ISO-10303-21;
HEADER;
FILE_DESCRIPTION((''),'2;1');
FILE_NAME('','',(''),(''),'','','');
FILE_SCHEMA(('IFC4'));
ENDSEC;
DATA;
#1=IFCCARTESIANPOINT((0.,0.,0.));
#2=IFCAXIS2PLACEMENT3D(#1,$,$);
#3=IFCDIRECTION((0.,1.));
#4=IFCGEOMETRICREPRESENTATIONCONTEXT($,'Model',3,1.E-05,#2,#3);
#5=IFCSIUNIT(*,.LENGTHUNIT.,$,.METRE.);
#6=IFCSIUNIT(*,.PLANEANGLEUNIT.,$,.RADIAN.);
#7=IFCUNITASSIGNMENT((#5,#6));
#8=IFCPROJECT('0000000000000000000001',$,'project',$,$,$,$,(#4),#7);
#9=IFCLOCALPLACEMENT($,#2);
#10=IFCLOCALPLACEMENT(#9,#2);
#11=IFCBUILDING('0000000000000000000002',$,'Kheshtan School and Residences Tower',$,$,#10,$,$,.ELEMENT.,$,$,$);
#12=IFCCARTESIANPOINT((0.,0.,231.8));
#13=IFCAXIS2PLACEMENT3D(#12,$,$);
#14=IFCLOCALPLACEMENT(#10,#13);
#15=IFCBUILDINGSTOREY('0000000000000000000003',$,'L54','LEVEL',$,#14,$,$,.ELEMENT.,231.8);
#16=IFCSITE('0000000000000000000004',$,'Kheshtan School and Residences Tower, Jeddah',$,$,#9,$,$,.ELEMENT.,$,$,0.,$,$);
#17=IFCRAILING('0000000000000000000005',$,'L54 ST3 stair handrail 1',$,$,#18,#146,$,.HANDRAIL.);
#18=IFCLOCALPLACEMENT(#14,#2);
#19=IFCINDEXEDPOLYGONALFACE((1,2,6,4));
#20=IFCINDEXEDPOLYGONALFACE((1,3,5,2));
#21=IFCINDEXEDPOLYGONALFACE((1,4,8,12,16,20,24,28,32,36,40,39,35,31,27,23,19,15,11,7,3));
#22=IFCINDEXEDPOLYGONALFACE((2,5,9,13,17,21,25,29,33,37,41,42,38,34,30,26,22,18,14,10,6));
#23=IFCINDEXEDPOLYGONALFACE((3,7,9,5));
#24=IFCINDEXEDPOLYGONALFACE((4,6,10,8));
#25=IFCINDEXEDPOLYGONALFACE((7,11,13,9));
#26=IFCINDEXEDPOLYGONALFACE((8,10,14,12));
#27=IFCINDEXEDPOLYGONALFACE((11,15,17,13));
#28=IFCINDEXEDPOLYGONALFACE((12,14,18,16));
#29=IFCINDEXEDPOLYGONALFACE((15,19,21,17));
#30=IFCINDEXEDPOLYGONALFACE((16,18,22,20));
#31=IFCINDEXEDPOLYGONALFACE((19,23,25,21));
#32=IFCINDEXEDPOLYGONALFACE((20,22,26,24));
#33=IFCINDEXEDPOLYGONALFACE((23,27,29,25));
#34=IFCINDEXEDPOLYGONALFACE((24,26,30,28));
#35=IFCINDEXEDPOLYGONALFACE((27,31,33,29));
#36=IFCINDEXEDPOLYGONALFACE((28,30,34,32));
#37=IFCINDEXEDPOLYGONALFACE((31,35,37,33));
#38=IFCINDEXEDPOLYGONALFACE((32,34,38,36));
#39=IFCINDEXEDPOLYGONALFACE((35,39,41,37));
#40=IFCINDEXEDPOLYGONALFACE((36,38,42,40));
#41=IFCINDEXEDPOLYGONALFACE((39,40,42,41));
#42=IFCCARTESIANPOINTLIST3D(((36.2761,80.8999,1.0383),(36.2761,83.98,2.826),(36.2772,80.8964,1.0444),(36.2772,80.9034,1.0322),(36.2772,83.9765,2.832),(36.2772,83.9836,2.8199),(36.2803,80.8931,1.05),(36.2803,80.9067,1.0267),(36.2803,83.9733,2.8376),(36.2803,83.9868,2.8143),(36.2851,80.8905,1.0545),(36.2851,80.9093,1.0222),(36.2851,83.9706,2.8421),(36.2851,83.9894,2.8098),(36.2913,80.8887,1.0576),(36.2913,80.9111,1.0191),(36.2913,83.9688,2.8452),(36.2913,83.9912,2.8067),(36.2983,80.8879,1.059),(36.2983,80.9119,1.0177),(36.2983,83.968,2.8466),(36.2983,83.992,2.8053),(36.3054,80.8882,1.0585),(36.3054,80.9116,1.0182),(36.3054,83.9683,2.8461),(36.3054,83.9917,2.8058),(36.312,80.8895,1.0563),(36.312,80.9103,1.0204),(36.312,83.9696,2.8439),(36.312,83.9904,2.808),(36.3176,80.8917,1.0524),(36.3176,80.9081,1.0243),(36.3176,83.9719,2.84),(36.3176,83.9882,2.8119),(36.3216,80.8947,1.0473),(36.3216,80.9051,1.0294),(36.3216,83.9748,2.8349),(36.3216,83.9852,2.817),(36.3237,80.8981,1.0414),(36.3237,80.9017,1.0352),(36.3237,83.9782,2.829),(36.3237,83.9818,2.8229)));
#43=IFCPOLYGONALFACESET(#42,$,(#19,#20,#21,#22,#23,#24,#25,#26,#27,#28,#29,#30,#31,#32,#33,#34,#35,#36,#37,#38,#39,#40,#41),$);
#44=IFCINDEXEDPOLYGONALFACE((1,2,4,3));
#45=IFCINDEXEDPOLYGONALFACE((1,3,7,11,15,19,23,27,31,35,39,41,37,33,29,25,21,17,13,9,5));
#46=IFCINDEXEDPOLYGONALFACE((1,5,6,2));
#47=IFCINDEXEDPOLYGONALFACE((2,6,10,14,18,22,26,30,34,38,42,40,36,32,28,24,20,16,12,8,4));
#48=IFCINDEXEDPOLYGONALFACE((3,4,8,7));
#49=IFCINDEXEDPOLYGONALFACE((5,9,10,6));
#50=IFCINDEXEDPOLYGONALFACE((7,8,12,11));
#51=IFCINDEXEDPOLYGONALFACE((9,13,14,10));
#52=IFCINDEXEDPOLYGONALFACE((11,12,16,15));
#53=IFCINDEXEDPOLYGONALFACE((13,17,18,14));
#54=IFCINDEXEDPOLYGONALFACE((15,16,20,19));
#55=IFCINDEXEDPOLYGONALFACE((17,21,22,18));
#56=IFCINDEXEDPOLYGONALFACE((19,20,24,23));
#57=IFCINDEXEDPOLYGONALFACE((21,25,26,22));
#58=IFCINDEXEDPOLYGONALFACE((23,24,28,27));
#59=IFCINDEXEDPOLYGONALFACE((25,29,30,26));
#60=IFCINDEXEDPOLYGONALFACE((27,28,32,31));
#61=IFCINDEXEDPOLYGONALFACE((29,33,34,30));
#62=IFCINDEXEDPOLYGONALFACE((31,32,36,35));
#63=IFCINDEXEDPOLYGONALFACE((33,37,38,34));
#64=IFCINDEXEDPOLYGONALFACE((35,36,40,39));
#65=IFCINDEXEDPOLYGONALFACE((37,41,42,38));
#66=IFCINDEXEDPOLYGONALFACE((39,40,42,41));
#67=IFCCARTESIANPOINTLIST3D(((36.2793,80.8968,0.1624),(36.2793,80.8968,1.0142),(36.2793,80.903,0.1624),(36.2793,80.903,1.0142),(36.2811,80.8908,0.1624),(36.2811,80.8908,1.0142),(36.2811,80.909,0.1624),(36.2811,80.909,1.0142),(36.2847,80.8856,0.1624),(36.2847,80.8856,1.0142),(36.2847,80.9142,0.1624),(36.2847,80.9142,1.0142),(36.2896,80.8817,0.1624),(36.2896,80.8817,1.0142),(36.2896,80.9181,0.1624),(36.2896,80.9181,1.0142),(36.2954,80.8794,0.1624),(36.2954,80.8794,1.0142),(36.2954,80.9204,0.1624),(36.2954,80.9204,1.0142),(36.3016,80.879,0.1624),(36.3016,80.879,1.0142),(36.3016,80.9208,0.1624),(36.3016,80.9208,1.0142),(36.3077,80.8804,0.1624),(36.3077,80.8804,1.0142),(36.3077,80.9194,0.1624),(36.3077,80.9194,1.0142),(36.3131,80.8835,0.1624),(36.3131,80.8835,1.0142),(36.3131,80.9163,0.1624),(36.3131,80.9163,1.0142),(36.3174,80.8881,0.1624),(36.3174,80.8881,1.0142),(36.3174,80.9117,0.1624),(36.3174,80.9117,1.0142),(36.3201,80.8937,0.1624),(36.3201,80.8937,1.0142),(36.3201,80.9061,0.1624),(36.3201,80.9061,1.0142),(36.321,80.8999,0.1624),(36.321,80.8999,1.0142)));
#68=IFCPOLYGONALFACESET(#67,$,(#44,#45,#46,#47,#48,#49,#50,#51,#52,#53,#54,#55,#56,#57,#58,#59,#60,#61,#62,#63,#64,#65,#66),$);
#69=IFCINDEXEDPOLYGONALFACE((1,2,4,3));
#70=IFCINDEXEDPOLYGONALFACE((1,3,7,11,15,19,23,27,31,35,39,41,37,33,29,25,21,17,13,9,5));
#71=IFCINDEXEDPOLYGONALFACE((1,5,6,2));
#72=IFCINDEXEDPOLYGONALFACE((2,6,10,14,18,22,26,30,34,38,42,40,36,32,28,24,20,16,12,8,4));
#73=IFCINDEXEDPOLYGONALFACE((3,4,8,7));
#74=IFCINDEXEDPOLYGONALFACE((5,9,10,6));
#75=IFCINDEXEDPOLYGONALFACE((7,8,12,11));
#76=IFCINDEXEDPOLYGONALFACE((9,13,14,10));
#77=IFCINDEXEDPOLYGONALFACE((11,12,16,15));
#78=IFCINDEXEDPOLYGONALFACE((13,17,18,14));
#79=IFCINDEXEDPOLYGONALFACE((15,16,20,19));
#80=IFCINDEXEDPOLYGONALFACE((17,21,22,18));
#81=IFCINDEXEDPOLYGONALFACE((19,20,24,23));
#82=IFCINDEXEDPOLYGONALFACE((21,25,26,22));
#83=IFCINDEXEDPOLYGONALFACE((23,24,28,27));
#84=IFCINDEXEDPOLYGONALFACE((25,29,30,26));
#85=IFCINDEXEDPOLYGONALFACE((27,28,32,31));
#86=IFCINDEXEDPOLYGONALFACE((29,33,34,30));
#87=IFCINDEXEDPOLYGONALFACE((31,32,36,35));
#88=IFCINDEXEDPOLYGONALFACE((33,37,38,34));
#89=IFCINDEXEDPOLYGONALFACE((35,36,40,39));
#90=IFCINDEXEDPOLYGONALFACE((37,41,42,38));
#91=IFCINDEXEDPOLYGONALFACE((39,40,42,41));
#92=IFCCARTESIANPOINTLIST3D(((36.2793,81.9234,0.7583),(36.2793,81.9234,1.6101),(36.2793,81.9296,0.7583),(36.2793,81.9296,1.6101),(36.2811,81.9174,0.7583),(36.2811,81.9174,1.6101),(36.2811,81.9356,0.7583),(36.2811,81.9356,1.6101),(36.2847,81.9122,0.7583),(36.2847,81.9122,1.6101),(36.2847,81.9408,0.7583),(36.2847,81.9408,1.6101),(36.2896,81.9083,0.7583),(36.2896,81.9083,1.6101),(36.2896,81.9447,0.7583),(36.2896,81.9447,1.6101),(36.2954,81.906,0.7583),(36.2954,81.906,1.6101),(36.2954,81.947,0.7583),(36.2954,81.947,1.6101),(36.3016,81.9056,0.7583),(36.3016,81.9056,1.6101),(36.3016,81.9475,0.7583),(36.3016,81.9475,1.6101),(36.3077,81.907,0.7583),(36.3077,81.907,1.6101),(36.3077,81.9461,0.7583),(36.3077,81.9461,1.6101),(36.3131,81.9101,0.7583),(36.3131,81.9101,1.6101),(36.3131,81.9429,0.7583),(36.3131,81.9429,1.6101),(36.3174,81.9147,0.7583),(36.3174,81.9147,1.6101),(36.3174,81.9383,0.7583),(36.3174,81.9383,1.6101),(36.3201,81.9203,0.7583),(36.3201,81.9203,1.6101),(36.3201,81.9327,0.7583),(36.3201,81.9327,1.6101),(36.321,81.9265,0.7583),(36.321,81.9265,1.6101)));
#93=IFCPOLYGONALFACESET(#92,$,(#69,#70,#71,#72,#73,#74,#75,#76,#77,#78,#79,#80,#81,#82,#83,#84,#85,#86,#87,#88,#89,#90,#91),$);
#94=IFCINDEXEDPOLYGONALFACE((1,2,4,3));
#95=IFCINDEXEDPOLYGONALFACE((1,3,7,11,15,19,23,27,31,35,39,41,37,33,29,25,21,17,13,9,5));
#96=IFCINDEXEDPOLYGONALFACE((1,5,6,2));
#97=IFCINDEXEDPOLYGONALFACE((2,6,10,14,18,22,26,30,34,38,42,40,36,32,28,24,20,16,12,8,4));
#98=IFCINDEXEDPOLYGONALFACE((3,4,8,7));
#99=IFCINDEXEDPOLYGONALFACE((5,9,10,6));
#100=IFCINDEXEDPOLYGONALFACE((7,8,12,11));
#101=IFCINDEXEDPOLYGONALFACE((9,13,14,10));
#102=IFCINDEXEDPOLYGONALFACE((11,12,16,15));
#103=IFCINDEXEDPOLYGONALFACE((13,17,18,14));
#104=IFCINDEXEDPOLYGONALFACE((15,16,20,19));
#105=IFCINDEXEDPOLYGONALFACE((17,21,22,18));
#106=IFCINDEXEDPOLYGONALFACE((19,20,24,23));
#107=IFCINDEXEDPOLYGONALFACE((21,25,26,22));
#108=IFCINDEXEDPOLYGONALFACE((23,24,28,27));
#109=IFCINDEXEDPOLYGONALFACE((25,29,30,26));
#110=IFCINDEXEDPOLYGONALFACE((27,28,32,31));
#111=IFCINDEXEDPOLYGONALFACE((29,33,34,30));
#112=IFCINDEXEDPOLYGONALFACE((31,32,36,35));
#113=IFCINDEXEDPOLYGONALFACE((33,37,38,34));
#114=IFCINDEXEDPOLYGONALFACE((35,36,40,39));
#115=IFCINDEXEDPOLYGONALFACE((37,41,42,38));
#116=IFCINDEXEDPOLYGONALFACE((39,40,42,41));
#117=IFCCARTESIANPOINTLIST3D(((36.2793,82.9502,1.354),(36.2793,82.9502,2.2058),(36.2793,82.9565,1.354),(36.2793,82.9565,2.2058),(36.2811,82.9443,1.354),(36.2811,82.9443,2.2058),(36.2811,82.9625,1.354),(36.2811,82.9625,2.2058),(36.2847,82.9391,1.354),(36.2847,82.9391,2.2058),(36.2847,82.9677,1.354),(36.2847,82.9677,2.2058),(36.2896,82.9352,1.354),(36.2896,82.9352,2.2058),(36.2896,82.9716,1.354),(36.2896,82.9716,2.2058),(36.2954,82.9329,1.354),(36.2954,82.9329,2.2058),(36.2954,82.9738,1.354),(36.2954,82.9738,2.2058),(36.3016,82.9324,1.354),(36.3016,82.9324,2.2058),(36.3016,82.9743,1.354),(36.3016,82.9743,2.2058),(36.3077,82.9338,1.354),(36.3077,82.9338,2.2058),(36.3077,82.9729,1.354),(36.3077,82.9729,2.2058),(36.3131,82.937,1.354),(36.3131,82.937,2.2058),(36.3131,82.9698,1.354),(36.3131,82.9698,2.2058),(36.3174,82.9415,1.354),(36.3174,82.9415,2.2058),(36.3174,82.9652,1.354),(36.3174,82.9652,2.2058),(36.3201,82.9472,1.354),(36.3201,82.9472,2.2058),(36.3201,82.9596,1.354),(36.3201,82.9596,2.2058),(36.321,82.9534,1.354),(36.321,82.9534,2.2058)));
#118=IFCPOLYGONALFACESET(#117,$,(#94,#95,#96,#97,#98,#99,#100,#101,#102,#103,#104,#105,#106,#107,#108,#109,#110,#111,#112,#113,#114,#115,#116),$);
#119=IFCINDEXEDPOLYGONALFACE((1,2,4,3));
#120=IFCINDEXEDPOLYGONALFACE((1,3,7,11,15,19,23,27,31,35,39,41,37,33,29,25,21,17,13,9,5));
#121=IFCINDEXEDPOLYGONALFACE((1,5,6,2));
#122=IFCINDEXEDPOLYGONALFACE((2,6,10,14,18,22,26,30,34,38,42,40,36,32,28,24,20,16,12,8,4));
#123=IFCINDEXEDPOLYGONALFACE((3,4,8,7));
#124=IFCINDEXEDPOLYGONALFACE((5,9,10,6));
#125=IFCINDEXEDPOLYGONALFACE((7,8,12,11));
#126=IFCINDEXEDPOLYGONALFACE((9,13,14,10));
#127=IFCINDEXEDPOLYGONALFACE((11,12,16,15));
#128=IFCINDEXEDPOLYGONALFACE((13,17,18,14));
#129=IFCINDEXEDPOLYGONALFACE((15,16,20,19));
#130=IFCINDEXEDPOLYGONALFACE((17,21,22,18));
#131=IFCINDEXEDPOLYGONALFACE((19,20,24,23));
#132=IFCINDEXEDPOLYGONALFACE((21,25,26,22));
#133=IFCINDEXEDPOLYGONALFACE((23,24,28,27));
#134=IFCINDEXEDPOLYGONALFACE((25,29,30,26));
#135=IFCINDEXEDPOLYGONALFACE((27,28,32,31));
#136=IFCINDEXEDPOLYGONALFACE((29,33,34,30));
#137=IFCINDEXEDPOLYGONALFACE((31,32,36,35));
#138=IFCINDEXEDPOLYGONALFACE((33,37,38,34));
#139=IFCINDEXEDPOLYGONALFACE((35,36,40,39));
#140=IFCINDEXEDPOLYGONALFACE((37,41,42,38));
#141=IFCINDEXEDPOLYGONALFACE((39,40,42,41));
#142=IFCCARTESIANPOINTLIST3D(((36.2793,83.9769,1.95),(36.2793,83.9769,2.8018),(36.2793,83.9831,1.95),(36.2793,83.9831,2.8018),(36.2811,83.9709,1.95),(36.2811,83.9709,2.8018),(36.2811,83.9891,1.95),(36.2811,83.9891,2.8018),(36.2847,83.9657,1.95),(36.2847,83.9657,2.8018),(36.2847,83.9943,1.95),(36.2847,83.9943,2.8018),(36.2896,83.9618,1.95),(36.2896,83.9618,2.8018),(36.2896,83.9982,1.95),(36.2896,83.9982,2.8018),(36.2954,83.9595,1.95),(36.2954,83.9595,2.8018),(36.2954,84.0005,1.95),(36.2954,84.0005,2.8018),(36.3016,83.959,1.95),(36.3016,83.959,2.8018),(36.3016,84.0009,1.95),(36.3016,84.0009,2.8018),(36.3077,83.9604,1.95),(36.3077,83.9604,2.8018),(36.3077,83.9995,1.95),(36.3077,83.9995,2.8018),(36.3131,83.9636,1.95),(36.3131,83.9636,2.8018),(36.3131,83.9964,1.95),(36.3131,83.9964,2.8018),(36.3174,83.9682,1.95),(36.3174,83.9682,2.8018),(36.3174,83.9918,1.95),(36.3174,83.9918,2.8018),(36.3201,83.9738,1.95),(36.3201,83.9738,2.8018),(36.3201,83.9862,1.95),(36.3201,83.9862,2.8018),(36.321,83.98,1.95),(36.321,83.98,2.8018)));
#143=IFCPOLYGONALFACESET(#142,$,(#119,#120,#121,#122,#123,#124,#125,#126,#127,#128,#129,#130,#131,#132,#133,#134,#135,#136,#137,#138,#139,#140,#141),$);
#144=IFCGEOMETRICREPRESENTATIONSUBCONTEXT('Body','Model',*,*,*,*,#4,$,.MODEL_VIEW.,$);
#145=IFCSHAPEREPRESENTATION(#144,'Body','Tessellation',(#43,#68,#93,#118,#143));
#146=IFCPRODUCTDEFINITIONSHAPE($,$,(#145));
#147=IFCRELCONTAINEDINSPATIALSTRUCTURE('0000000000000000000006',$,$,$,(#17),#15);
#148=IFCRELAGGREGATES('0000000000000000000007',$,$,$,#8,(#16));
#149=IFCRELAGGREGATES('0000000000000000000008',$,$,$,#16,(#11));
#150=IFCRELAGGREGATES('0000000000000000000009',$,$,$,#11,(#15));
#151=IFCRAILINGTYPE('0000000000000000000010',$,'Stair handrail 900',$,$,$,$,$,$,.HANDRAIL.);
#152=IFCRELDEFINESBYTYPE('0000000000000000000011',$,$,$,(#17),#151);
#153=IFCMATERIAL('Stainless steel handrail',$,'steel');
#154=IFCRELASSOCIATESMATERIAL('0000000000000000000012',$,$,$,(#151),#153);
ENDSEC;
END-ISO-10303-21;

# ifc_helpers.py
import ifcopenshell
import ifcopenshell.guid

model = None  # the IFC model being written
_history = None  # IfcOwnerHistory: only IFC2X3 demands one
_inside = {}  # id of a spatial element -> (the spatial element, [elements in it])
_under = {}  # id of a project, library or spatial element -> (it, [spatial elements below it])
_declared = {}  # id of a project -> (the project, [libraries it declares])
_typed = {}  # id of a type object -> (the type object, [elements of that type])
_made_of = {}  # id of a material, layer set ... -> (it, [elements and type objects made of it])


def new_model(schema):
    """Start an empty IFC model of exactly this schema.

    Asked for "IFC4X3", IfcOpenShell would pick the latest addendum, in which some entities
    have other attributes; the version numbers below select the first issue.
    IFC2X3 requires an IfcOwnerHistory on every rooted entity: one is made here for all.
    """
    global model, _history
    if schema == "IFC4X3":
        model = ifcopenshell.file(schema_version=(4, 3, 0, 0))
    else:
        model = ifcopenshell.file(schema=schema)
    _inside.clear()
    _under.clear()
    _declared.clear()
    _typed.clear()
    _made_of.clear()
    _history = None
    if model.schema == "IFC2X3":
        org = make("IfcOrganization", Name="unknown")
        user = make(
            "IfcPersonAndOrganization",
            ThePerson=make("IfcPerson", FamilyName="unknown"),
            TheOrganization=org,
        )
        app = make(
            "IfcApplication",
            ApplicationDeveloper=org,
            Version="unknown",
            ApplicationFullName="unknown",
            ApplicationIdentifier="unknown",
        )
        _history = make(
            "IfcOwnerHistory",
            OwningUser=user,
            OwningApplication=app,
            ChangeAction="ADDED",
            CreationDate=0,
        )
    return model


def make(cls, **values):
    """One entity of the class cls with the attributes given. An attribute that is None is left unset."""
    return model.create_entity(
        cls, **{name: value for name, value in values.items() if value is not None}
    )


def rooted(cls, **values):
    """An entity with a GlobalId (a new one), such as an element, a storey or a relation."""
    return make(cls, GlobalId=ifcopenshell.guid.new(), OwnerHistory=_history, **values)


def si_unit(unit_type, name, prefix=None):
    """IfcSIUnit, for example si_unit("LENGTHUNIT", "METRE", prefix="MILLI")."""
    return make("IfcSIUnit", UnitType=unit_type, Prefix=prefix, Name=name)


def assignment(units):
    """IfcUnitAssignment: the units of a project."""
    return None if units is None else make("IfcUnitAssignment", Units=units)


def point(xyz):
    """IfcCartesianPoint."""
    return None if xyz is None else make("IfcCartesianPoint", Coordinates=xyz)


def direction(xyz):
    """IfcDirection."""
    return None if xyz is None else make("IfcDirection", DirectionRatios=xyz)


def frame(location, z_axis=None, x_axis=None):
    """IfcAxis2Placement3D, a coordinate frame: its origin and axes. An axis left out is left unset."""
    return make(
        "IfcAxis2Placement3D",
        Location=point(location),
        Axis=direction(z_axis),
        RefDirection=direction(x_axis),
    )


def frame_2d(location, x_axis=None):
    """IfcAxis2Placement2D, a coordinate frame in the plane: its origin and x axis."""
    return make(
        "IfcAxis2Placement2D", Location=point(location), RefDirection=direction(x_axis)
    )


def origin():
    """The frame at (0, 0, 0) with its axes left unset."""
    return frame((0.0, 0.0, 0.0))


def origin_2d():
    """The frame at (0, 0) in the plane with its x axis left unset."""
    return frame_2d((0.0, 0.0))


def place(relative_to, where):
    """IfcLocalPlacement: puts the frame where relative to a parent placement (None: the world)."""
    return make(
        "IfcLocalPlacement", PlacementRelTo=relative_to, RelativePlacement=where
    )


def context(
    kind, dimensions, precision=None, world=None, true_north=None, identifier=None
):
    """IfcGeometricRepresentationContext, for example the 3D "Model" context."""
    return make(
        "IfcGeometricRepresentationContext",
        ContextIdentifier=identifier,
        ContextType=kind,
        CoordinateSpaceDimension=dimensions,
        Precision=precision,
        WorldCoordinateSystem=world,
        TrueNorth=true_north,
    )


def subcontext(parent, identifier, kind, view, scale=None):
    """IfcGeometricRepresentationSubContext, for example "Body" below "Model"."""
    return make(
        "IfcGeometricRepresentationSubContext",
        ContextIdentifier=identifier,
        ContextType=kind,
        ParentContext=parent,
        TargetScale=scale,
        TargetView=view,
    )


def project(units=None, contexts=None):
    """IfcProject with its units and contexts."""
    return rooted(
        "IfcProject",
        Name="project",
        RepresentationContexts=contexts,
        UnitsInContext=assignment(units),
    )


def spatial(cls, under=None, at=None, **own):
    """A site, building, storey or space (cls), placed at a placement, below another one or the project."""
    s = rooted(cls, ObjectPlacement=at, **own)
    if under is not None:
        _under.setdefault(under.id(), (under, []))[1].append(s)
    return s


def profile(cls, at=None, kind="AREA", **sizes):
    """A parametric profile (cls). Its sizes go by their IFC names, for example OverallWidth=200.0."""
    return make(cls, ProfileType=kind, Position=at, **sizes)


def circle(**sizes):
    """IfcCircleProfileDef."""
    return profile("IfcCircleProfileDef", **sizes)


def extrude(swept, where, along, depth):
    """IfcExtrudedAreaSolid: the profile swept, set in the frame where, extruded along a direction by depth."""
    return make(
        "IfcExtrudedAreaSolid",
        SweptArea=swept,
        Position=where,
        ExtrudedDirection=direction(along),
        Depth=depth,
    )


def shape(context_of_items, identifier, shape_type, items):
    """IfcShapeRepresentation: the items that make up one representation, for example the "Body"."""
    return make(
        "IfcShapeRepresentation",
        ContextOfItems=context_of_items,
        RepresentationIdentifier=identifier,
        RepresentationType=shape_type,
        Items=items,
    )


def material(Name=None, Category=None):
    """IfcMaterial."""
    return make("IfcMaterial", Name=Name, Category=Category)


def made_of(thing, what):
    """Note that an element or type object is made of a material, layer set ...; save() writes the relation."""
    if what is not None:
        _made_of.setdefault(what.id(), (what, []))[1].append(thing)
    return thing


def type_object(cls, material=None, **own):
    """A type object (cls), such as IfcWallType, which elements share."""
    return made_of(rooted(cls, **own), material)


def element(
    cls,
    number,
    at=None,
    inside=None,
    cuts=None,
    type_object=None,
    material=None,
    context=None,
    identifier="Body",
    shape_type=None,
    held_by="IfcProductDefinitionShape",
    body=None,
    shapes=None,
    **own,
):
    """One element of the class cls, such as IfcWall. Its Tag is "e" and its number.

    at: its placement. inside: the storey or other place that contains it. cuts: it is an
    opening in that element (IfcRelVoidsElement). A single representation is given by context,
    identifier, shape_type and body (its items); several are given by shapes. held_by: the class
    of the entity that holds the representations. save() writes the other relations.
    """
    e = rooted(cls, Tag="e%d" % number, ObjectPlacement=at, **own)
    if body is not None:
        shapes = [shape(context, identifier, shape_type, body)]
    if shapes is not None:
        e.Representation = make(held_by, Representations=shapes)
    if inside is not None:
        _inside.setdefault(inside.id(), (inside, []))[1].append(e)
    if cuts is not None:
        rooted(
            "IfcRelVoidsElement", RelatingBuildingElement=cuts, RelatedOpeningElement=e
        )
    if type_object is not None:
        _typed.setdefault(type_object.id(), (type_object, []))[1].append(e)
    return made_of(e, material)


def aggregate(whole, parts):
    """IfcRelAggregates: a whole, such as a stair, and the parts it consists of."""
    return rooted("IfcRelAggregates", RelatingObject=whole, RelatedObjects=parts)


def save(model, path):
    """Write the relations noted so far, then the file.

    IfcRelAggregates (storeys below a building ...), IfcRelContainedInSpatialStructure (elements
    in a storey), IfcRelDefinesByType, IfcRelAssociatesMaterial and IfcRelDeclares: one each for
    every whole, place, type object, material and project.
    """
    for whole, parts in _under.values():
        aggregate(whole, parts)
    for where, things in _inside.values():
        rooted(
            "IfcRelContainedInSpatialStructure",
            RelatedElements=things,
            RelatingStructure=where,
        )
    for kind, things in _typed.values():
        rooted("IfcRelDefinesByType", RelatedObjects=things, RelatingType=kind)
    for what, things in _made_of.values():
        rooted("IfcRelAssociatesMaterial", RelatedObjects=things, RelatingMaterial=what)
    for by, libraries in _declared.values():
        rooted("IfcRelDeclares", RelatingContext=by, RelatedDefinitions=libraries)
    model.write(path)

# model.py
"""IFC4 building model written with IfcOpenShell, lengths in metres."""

from ifc_helpers import new_model, si_unit, direction, frame, origin, origin_2d, place, context, subcontext, project, spatial, circle, extrude, material, type_object, element, save


model = new_model("IFC4")

# Units and contexts
model_context = context("Model", 3, precision=1e-05, world=origin(), true_north=direction((0.0, 1.0)))
body_context = subcontext(model_context, "Body", "Model", "MODEL_VIEW")
ifc_project = project(units=[si_unit("LENGTHUNIT", "METRE"), si_unit("PLANEANGLEUNIT", "RADIAN")], contexts=[model_context])

# Site, building, storey
site_placement = place(None, origin())
site = spatial("IfcSite", under=ifc_project, at=site_placement, Name="Kheshtan School and Residences Tower, Jeddah", CompositionType="ELEMENT", RefElevation=0.0)
building_placement = place(site_placement, origin())
building = spatial("IfcBuilding", under=site, at=building_placement, Name="Kheshtan School and Residences Tower", CompositionType="ELEMENT")
storey_placement = place(building_placement, frame((0.0, 0.0, 231.8)))
storey = spatial("IfcBuildingStorey", under=building, at=storey_placement, Name="L54", Description="LEVEL", CompositionType="ELEMENT", Elevation=231.8)

# Railing
ifc_material_1 = material(Name="Stainless steel handrail", Category="steel")
railing_type_1 = type_object("IfcRailingType", Name="Stair handrail 900", PredefinedType="HANDRAIL", material=ifc_material_1)
railing_1_placement = place(storey_placement, frame((36.3, 80.8999, 0.1624)))
element("IfcRailing", 1, at=railing_1_placement, inside=storey, type_object=railing_type_1, Name="L54 ST3 stair handrail 1", PredefinedType="HANDRAIL", context=body_context, shape_type="SweptSolid", body=[
    extrude(circle(Radius=0.0239, at=origin_2d()), frame((0.0, 0.0, 0.876), z_axis=(0.0, 0.864891, 0.50196), x_axis=(-1.0, 0.0, 0.0)), (0.0, 0.0, 1.0), 3.5613),
    extrude(circle(Radius=0.021, at=origin_2d()), origin(), (0.0, 0.0, 1.0), 0.8518),
    extrude(circle(Radius=0.021, at=origin_2d()), frame((0.0, 1.0266, 0.5959)), (0.0, 0.0, 1.0), 0.8518),
    extrude(circle(Radius=0.021, at=origin_2d()), frame((0.0, 2.0535, 1.1917)), (0.0, 0.0, 1.0), 0.8518),
    extrude(circle(Radius=0.021, at=origin_2d()), frame((0.0, 3.0801, 1.7876)), (0.0, 0.0, 1.0), 0.8518),
])

save(model, "model.ifc")
